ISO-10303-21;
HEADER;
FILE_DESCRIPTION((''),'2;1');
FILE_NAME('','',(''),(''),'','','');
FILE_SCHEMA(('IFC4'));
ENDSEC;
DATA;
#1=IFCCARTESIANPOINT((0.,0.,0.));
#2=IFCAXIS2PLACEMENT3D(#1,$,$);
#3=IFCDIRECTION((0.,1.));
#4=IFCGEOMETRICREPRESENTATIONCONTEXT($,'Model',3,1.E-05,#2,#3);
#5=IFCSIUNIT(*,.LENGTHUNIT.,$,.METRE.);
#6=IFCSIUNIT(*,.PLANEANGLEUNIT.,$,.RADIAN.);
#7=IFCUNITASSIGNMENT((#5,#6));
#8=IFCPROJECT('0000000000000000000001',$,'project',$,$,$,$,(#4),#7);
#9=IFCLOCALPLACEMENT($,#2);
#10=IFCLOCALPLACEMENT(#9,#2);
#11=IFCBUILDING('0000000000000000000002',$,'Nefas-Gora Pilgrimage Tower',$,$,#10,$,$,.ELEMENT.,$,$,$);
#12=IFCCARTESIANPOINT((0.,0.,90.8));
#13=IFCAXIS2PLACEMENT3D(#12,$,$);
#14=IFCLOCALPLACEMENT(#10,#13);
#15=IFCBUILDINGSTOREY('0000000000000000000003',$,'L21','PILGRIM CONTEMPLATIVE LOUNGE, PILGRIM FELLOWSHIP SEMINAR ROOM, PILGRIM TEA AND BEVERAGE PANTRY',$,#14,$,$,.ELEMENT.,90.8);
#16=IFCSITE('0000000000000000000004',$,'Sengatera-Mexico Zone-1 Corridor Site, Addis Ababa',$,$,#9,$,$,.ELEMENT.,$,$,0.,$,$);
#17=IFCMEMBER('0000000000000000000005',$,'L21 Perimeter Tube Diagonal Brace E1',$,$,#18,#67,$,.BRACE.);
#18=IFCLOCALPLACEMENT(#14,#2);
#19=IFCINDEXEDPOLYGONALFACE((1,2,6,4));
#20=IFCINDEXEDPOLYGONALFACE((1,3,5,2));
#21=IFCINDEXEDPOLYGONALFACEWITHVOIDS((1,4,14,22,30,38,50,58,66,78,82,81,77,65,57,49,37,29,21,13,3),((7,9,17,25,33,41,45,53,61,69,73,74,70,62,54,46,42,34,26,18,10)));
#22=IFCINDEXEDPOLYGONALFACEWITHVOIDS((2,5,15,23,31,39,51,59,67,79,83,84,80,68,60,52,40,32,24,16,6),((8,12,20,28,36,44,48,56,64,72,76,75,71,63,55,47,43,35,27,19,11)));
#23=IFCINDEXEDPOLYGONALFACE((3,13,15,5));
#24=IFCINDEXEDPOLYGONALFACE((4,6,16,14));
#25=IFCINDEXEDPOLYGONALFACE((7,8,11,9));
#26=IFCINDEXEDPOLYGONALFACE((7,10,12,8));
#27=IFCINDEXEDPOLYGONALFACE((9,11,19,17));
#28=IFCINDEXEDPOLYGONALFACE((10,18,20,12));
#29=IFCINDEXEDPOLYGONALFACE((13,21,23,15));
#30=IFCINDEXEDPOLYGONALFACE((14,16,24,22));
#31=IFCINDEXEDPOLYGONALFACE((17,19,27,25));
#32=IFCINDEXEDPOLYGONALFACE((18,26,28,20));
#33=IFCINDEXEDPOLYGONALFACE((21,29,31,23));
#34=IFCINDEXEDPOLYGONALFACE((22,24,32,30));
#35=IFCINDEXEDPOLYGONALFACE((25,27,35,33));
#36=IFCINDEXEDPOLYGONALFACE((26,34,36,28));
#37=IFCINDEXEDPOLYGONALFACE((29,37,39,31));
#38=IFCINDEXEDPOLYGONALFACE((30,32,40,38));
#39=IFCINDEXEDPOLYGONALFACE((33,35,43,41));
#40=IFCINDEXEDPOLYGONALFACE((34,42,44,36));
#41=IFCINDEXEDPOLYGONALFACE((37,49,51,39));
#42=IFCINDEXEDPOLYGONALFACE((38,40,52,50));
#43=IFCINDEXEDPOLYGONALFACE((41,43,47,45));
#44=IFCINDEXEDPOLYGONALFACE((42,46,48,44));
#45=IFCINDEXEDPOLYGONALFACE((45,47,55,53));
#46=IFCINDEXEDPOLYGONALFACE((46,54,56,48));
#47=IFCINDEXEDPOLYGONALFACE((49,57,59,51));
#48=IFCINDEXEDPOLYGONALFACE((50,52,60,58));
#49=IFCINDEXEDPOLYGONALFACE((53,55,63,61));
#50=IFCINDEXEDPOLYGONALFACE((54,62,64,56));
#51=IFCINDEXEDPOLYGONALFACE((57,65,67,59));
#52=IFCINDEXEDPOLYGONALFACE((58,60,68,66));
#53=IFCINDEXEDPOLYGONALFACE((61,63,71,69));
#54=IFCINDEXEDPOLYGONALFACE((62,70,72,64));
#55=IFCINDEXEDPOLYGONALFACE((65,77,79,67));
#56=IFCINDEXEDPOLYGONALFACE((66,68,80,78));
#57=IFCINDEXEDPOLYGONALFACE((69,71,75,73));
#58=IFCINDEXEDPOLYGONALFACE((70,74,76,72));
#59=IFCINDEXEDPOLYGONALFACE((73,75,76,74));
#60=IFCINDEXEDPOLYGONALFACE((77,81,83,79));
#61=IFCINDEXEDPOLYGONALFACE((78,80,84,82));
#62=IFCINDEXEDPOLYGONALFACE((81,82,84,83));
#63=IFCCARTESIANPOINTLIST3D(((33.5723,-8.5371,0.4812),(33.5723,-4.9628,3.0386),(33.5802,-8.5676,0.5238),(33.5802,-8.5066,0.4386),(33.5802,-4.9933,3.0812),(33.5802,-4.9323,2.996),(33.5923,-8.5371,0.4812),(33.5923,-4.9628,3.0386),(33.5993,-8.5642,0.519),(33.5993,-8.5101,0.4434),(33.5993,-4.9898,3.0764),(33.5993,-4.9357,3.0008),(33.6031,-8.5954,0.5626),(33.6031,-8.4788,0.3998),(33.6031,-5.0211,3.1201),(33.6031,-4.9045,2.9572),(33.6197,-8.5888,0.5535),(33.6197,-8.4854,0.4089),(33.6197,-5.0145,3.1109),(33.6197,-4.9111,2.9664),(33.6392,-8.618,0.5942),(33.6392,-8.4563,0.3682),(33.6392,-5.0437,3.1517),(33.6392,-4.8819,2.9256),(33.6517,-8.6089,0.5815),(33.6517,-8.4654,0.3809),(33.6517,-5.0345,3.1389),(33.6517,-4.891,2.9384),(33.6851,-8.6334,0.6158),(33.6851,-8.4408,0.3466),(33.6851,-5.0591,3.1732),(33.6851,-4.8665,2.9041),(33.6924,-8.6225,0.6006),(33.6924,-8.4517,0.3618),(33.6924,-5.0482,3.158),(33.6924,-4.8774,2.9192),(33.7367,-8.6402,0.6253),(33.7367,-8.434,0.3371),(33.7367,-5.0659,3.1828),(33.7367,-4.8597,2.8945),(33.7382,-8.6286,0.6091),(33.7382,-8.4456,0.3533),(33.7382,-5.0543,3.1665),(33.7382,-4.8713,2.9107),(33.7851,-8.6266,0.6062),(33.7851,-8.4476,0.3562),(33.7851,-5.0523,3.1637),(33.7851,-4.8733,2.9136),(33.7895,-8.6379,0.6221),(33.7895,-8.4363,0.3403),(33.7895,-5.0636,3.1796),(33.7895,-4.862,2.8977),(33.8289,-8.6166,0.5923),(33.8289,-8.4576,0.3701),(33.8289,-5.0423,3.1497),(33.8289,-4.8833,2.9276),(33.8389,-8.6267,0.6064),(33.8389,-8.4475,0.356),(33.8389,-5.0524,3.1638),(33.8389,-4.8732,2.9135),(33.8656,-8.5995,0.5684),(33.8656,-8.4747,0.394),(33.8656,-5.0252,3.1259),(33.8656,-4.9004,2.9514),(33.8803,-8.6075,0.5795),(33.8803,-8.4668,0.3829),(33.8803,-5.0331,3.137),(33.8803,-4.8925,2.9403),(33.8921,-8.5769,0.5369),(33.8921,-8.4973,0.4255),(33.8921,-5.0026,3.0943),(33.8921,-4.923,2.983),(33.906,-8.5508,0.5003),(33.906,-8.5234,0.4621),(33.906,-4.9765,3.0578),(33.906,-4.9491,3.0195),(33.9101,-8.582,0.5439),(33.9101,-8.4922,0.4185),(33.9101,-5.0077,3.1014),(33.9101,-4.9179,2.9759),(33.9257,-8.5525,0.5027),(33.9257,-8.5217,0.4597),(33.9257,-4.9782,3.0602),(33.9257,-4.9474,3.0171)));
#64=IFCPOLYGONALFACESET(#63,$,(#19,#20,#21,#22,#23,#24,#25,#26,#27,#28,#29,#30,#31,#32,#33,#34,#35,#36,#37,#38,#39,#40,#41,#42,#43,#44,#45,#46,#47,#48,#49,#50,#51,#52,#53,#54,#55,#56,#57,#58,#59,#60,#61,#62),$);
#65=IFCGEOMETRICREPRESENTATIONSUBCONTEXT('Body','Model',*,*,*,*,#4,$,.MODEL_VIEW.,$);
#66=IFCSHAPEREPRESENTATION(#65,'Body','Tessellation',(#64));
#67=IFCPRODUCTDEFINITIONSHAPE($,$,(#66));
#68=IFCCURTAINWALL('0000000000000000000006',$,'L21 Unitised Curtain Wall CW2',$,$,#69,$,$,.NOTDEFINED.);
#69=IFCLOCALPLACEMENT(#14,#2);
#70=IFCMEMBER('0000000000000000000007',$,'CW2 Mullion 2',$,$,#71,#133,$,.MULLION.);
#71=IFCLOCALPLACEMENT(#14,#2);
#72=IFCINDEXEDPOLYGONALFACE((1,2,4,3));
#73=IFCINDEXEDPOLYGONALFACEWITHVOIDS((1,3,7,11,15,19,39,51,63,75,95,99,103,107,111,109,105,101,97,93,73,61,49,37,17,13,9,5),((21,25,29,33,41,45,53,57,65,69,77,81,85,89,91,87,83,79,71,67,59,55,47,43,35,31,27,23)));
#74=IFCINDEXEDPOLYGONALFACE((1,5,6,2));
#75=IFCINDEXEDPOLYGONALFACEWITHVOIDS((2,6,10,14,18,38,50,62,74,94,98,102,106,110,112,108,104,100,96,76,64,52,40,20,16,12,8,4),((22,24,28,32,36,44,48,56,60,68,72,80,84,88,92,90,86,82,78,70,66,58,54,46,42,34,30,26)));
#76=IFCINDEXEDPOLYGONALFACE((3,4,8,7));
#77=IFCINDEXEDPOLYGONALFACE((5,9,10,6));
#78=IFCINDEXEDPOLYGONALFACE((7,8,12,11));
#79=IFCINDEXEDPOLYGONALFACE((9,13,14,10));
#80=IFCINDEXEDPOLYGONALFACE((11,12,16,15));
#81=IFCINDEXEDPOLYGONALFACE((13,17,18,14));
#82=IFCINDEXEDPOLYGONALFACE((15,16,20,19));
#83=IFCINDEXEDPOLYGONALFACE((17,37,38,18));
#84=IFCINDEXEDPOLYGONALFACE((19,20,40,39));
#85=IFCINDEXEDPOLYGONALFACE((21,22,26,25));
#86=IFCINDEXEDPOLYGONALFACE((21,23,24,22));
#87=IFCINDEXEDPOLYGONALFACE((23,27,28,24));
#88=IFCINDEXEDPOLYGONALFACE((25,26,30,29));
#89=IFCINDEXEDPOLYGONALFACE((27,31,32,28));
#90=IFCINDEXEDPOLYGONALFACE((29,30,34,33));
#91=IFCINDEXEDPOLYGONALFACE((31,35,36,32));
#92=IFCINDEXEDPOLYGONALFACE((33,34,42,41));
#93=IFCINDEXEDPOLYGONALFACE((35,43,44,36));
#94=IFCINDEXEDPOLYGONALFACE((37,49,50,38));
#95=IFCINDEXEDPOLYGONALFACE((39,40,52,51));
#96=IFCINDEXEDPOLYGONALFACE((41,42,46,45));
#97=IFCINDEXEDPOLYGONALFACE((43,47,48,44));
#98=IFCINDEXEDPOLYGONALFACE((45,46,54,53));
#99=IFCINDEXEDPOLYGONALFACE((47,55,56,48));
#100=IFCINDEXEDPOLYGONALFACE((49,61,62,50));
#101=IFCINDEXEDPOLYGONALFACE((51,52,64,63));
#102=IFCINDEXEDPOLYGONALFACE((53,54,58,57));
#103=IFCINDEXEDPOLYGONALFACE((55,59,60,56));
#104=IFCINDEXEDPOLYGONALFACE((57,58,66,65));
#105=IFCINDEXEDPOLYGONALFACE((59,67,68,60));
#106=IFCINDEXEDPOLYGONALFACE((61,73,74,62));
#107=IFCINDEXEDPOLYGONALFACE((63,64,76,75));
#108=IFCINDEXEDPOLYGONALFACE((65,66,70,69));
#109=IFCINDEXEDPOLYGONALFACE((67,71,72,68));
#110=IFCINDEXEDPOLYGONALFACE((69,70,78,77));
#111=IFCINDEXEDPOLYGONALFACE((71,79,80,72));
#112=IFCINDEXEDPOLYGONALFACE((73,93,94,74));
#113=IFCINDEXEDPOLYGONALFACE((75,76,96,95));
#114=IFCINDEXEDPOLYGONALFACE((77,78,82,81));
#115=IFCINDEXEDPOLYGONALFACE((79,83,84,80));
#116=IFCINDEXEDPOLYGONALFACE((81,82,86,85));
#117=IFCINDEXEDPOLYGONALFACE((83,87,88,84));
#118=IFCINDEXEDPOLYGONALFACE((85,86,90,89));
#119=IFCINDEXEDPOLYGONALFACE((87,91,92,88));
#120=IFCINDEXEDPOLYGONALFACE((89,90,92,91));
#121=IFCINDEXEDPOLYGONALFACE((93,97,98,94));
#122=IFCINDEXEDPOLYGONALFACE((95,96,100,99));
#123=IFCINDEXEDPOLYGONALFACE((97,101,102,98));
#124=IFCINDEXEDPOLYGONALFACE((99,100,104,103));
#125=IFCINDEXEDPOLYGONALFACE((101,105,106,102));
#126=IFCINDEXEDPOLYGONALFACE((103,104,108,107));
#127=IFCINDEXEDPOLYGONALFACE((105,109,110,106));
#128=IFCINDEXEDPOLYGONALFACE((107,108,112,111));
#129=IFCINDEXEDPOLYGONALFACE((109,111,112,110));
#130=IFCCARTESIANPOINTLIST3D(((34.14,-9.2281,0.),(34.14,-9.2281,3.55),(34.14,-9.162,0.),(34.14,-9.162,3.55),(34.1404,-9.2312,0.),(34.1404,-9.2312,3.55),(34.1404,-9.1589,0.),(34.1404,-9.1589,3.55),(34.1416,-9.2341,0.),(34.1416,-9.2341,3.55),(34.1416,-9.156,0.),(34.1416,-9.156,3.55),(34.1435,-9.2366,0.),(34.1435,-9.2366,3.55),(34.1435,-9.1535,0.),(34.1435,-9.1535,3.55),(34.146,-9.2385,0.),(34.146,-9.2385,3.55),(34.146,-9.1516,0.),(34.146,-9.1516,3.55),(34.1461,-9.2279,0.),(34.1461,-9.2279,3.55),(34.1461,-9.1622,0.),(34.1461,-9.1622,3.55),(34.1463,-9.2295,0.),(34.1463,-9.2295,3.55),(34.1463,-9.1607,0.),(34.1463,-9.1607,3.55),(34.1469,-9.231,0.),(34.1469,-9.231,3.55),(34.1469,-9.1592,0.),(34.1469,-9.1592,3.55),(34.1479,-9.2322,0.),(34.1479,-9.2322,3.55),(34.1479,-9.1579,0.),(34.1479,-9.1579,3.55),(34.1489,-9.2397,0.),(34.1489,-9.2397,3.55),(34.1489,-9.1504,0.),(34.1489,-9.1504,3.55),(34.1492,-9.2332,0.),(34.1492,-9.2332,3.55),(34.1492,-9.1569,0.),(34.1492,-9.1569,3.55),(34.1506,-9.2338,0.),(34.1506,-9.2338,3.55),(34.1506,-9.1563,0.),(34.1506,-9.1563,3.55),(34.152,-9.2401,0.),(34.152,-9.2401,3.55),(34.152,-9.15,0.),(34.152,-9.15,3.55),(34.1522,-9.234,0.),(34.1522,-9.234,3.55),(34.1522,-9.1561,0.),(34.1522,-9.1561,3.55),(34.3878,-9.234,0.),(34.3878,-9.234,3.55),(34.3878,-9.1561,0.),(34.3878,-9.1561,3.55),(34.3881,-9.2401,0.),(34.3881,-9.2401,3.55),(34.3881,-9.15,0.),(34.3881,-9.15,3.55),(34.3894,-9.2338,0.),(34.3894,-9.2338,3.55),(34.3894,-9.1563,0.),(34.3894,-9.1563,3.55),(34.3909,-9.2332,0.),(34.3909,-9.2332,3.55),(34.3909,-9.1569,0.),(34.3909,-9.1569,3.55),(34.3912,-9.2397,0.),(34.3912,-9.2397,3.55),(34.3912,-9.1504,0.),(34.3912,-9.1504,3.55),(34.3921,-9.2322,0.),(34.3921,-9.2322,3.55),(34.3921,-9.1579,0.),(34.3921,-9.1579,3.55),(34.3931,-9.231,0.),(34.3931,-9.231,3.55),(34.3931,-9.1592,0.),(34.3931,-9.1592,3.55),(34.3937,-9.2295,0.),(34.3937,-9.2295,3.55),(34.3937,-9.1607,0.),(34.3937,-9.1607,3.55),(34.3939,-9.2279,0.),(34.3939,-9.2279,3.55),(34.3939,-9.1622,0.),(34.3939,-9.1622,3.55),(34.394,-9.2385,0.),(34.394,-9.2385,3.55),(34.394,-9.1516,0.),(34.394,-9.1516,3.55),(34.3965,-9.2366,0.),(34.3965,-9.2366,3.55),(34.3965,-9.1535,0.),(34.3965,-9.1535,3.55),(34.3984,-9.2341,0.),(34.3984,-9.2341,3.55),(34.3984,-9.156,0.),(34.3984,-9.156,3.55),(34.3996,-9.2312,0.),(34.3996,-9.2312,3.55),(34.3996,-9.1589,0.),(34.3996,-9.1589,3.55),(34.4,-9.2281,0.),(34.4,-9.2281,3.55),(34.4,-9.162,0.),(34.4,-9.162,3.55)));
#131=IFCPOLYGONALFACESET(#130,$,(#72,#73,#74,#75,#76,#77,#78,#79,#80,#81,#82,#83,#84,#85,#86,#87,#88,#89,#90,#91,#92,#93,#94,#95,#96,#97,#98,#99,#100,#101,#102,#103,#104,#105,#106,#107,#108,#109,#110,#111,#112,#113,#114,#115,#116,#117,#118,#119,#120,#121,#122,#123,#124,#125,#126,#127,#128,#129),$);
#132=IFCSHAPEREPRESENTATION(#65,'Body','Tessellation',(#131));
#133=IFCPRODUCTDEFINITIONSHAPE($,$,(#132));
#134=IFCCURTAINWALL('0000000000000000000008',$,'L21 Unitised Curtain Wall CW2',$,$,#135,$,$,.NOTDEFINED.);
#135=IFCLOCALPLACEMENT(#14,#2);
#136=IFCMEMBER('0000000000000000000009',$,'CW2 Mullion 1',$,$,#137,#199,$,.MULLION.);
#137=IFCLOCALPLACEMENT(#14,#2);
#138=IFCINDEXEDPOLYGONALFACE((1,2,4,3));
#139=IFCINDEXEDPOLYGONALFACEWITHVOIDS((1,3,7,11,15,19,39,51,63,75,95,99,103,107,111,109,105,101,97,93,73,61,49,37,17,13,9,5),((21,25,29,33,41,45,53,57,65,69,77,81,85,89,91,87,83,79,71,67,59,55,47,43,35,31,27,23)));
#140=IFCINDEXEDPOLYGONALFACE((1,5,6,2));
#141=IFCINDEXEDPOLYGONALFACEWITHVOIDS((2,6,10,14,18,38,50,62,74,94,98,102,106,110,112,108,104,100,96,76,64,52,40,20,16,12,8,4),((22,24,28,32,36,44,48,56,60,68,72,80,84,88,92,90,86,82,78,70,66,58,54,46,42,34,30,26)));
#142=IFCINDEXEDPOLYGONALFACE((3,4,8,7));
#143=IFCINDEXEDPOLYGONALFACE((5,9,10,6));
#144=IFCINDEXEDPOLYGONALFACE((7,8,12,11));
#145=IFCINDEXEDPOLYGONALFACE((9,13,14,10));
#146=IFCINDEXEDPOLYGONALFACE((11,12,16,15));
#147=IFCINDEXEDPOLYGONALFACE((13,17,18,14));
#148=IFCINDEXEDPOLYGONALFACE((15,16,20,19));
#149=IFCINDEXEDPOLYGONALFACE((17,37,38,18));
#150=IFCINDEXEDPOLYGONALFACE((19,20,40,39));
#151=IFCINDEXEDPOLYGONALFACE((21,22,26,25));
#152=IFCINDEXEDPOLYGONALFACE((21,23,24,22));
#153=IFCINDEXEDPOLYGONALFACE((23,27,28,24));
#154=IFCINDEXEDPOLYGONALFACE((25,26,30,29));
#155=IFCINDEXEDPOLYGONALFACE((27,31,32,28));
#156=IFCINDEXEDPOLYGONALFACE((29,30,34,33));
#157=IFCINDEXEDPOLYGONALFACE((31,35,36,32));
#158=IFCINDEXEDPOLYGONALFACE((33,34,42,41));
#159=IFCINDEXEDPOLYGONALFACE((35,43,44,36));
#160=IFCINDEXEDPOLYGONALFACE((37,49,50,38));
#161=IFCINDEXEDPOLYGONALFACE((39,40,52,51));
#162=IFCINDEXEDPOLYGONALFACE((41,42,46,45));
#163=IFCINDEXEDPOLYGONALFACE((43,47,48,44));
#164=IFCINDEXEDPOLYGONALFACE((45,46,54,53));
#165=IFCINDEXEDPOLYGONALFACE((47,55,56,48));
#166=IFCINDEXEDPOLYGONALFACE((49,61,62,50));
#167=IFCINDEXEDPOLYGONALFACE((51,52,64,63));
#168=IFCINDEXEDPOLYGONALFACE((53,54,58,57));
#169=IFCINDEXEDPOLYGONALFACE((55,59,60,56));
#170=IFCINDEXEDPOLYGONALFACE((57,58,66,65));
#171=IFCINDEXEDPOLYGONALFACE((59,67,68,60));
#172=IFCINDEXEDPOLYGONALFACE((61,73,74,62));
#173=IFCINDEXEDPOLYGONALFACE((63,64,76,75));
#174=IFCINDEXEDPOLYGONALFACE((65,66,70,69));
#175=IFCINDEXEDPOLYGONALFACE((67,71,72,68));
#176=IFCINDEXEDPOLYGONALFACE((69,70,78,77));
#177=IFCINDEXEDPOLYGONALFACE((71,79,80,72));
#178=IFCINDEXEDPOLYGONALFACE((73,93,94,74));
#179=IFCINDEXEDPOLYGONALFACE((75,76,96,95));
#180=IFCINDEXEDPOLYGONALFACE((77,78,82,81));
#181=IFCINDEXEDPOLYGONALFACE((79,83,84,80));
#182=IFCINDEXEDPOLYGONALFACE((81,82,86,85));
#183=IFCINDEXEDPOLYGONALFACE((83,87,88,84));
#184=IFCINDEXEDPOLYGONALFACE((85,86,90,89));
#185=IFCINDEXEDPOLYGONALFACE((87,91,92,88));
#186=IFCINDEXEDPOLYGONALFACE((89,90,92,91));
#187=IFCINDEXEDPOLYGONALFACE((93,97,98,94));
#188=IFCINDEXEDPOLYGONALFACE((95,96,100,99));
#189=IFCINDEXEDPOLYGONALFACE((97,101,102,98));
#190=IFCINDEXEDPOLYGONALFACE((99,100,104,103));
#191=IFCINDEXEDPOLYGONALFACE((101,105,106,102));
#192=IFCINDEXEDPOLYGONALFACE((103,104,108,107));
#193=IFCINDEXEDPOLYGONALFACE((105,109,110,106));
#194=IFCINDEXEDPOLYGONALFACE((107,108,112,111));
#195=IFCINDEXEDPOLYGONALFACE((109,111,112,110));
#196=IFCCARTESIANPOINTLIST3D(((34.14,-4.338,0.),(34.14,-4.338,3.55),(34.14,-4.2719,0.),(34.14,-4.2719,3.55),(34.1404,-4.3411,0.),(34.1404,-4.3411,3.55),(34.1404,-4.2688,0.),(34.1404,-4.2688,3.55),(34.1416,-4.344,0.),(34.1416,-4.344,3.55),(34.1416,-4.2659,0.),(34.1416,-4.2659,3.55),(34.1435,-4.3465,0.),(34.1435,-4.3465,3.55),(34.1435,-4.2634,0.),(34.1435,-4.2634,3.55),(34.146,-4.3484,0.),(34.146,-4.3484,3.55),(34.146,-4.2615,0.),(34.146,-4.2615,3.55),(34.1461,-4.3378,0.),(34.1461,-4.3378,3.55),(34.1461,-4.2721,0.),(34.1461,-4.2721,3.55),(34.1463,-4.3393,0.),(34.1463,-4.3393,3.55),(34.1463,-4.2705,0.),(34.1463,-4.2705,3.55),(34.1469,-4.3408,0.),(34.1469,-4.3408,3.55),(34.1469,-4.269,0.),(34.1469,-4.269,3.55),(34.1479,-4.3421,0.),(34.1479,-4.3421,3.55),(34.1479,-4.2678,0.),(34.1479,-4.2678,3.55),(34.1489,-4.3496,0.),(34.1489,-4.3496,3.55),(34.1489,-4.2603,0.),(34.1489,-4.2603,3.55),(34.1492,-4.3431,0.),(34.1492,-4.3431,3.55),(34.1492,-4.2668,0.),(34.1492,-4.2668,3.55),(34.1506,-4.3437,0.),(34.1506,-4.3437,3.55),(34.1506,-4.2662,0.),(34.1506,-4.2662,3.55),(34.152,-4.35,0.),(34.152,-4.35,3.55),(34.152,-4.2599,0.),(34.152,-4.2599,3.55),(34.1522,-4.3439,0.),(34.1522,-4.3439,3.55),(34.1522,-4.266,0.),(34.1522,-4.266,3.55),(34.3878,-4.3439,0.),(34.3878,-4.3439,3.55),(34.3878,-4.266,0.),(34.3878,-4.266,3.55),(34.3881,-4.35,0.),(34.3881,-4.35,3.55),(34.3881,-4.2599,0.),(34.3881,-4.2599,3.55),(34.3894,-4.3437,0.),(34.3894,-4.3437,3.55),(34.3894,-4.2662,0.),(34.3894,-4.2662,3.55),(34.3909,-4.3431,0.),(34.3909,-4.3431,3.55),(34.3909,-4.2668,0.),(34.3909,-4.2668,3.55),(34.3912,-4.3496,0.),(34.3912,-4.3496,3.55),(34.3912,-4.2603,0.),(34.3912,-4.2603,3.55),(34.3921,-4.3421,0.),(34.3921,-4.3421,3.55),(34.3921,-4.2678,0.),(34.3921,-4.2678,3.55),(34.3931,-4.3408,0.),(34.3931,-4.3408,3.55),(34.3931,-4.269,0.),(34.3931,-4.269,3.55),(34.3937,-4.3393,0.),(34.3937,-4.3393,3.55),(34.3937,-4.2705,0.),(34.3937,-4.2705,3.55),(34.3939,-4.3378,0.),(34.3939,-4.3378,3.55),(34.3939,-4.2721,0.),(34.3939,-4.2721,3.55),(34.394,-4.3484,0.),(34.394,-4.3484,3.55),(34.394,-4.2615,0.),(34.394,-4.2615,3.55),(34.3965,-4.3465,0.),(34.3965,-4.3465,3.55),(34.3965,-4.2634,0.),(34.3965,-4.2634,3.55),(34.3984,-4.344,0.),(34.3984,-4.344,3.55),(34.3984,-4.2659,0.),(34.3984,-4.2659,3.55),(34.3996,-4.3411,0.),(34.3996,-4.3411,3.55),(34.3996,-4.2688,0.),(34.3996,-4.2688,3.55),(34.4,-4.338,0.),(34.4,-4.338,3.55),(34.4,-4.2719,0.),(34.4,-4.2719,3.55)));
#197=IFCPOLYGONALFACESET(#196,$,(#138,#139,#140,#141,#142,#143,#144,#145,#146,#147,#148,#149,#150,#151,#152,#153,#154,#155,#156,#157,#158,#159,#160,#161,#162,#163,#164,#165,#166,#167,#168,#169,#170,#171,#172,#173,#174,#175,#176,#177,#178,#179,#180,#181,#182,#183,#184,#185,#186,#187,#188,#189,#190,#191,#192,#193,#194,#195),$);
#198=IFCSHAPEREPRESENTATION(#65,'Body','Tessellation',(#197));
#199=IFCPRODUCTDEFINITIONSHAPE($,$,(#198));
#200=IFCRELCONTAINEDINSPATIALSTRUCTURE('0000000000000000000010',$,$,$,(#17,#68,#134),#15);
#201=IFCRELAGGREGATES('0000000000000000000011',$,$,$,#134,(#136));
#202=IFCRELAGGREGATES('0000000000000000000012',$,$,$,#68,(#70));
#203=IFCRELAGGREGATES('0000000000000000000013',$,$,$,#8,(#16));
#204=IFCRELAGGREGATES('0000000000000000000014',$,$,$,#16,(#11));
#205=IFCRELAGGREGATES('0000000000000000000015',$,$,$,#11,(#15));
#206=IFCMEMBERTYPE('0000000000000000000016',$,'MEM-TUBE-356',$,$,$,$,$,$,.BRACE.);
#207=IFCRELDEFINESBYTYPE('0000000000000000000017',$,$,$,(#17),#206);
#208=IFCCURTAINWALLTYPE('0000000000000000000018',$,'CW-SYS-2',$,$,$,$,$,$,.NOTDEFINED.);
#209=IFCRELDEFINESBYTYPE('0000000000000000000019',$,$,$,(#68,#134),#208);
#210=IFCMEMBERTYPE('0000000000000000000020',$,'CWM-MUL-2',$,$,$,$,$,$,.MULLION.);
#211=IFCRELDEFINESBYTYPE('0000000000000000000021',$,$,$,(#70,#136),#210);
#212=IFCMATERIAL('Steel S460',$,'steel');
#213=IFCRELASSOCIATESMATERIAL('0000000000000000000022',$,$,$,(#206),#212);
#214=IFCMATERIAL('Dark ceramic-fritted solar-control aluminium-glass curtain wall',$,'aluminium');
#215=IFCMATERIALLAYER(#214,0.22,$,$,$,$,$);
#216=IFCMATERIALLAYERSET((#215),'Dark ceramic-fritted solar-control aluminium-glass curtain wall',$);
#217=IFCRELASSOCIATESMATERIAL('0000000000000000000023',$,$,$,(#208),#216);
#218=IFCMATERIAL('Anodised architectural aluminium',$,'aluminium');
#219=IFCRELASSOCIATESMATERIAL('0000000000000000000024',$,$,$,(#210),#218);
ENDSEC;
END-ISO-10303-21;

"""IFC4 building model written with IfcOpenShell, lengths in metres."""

from ifc_helpers import new_model, si_unit, direction, frame, origin, origin_2d, place, context, subcontext, project, spatial, hollow_rectangle, hollow_circle, extrude, source, transform, mapped, material, layer, layer_set, material_profile, profile_set, type_object, element, aggregate, save


model = new_model("IFC4")

# Units and contexts
model_context = context("Model", 3, precision=1e-05, world=origin(), true_north=direction((0.0, 1.0)))
body_context = subcontext(model_context, "Body", "Model", "MODEL_VIEW")
ifc_project = project(units=[si_unit("LENGTHUNIT", "METRE"), si_unit("PLANEANGLEUNIT", "RADIAN")], contexts=[model_context])

# Site, building, storey
site_placement = place(None, origin())
site = spatial("IfcSite", under=ifc_project, at=site_placement, Name="Sengatera-Mexico Zone-1 Corridor Site, Addis Ababa", CompositionType="ELEMENT", RefElevation=0.0)
building_placement = place(site_placement, origin())
building = spatial("IfcBuilding", under=site, at=building_placement, Name="Nefas-Gora Pilgrimage Tower", CompositionType="ELEMENT")
storey_placement = place(building_placement, frame((0.0, 0.0, 90.8)))
storey = spatial("IfcBuildingStorey", under=building, at=storey_placement, Name="L21", Description="PILGRIM CONTEMPLATIVE LOUNGE, PILGRIM FELLOWSHIP SEMINAR ROOM, PILGRIM TEA AND BEVERAGE PANTRY", CompositionType="ELEMENT", Elevation=90.8)

# Shared definitions
ifc_material_1 = material(Name="Steel S460", Category="steel")

# Member
ifc_material_profile_1 = material_profile(ifc_material_1, hollow_circle(Radius=0.1777, WallThickness=0.02, at=origin_2d()), Name="CHS 355.6x20")
ifc_profile_set_1 = profile_set([ifc_material_profile_1], Name="Steel S460")
member_type_1 = type_object("IfcMemberType", Name="MEM-TUBE-356", PredefinedType="BRACE", material=ifc_profile_set_1)
shared_shape_1 = source(origin(), body_context, "Body", "SweptSolid", [
    extrude(hollow_circle(Radius=0.1777, WallThickness=0.02, at=origin_2d()), origin(), (0.0, 0.0, 1.0), 4.395),
])
member_1_placement = place(storey_placement, frame((33.75, -8.5371, 0.4812), z_axis=(0.0, 0.813264, 0.581895), x_axis=(-1.0, 0.0, 0.0)))
element("IfcMember", 1, at=member_1_placement, inside=storey, type_object=member_type_1, Name="L21 Perimeter Tube Diagonal Brace E1", PredefinedType="BRACE", context=body_context, shape_type="MappedRepresentation", body=[
    mapped(shared_shape_1, transform((0.0, 0.0, 0.0), x_axis=(1.0, 0.0, 0.0), y_axis=(0.0, 1.0, 0.0), z_axis=(0.0, 0.0, 1.0), scale=1.0)),
])

# Curtain wall, member
ifc_material_2 = material(Name="Dark ceramic-fritted solar-control aluminium-glass curtain wall", Category="aluminium")
ifc_layer_1 = layer(ifc_material_2, 0.22)
ifc_layer_set_1 = layer_set([ifc_layer_1], Name="Dark ceramic-fritted solar-control aluminium-glass curtain wall")
curtain_wall_type = type_object("IfcCurtainWallType", Name="CW-SYS-2", PredefinedType="NOTDEFINED", material=ifc_layer_set_1)
curtain_wall_1_placement = place(storey_placement, origin())
curtain_wall_1 = element("IfcCurtainWall", 2, at=curtain_wall_1_placement, inside=storey, type_object=curtain_wall_type, Name="L21 Unitised Curtain Wall CW2", PredefinedType="NOTDEFINED")
ifc_material_3 = material(Name="Anodised architectural aluminium", Category="aluminium")
ifc_material_profile_2 = material_profile(ifc_material_3, hollow_rectangle(XDim=0.0901, YDim=0.26, WallThickness=0.0061, InnerFilletRadius=0.0061, OuterFilletRadius=0.012, at=origin_2d()), Name="ALU MULLION 90x260")
ifc_profile_set_2 = profile_set([ifc_material_profile_2], Name="Anodised architectural aluminium")
member_type_2 = type_object("IfcMemberType", Name="CWM-MUL-2", PredefinedType="MULLION", material=ifc_profile_set_2)
shared_shape_2 = source(origin(), body_context, "Body", "SweptSolid", [
    extrude(hollow_rectangle(XDim=0.0901, YDim=0.26, WallThickness=0.0061, InnerFilletRadius=0.0061, OuterFilletRadius=0.012, at=origin_2d()), origin(), (0.0, 0.0, 1.0), 3.55),
])
member_2_placement = place(storey_placement, frame((34.27, -9.1951, 0.0), z_axis=(0.0, 0.0, 1.0), x_axis=(0.0, 1.0, 0.0)))
member_2 = element("IfcMember", 3, at=member_2_placement, type_object=member_type_2, Name="CW2 Mullion 2", PredefinedType="MULLION", context=body_context, shape_type="MappedRepresentation", body=[
    mapped(shared_shape_2, transform((0.0, 0.0, 0.0), x_axis=(1.0, 0.0, 0.0), y_axis=(0.0, 1.0, 0.0), z_axis=(0.0, 0.0, 1.0), scale=1.0)),
])

# Curtain wall, member
curtain_wall_2_placement = place(storey_placement, origin())
curtain_wall_2 = element("IfcCurtainWall", 4, at=curtain_wall_2_placement, inside=storey, type_object=curtain_wall_type, Name="L21 Unitised Curtain Wall CW2", PredefinedType="NOTDEFINED")
member_3_placement = place(storey_placement, frame((34.27, -4.3049, 0.0), z_axis=(0.0, 0.0, 1.0), x_axis=(0.0, 1.0, 0.0)))
member_3 = element("IfcMember", 5, at=member_3_placement, type_object=member_type_2, Name="CW2 Mullion 1", PredefinedType="MULLION", context=body_context, shape_type="MappedRepresentation", body=[
    mapped(shared_shape_2, transform((0.0, 0.0, 0.0), x_axis=(1.0, 0.0, 0.0), y_axis=(0.0, 1.0, 0.0), z_axis=(0.0, 0.0, 1.0), scale=1.0)),
])
aggregate(curtain_wall_2, [member_3])

aggregate(curtain_wall_1, [member_2])

save(model, "model.ifc")
